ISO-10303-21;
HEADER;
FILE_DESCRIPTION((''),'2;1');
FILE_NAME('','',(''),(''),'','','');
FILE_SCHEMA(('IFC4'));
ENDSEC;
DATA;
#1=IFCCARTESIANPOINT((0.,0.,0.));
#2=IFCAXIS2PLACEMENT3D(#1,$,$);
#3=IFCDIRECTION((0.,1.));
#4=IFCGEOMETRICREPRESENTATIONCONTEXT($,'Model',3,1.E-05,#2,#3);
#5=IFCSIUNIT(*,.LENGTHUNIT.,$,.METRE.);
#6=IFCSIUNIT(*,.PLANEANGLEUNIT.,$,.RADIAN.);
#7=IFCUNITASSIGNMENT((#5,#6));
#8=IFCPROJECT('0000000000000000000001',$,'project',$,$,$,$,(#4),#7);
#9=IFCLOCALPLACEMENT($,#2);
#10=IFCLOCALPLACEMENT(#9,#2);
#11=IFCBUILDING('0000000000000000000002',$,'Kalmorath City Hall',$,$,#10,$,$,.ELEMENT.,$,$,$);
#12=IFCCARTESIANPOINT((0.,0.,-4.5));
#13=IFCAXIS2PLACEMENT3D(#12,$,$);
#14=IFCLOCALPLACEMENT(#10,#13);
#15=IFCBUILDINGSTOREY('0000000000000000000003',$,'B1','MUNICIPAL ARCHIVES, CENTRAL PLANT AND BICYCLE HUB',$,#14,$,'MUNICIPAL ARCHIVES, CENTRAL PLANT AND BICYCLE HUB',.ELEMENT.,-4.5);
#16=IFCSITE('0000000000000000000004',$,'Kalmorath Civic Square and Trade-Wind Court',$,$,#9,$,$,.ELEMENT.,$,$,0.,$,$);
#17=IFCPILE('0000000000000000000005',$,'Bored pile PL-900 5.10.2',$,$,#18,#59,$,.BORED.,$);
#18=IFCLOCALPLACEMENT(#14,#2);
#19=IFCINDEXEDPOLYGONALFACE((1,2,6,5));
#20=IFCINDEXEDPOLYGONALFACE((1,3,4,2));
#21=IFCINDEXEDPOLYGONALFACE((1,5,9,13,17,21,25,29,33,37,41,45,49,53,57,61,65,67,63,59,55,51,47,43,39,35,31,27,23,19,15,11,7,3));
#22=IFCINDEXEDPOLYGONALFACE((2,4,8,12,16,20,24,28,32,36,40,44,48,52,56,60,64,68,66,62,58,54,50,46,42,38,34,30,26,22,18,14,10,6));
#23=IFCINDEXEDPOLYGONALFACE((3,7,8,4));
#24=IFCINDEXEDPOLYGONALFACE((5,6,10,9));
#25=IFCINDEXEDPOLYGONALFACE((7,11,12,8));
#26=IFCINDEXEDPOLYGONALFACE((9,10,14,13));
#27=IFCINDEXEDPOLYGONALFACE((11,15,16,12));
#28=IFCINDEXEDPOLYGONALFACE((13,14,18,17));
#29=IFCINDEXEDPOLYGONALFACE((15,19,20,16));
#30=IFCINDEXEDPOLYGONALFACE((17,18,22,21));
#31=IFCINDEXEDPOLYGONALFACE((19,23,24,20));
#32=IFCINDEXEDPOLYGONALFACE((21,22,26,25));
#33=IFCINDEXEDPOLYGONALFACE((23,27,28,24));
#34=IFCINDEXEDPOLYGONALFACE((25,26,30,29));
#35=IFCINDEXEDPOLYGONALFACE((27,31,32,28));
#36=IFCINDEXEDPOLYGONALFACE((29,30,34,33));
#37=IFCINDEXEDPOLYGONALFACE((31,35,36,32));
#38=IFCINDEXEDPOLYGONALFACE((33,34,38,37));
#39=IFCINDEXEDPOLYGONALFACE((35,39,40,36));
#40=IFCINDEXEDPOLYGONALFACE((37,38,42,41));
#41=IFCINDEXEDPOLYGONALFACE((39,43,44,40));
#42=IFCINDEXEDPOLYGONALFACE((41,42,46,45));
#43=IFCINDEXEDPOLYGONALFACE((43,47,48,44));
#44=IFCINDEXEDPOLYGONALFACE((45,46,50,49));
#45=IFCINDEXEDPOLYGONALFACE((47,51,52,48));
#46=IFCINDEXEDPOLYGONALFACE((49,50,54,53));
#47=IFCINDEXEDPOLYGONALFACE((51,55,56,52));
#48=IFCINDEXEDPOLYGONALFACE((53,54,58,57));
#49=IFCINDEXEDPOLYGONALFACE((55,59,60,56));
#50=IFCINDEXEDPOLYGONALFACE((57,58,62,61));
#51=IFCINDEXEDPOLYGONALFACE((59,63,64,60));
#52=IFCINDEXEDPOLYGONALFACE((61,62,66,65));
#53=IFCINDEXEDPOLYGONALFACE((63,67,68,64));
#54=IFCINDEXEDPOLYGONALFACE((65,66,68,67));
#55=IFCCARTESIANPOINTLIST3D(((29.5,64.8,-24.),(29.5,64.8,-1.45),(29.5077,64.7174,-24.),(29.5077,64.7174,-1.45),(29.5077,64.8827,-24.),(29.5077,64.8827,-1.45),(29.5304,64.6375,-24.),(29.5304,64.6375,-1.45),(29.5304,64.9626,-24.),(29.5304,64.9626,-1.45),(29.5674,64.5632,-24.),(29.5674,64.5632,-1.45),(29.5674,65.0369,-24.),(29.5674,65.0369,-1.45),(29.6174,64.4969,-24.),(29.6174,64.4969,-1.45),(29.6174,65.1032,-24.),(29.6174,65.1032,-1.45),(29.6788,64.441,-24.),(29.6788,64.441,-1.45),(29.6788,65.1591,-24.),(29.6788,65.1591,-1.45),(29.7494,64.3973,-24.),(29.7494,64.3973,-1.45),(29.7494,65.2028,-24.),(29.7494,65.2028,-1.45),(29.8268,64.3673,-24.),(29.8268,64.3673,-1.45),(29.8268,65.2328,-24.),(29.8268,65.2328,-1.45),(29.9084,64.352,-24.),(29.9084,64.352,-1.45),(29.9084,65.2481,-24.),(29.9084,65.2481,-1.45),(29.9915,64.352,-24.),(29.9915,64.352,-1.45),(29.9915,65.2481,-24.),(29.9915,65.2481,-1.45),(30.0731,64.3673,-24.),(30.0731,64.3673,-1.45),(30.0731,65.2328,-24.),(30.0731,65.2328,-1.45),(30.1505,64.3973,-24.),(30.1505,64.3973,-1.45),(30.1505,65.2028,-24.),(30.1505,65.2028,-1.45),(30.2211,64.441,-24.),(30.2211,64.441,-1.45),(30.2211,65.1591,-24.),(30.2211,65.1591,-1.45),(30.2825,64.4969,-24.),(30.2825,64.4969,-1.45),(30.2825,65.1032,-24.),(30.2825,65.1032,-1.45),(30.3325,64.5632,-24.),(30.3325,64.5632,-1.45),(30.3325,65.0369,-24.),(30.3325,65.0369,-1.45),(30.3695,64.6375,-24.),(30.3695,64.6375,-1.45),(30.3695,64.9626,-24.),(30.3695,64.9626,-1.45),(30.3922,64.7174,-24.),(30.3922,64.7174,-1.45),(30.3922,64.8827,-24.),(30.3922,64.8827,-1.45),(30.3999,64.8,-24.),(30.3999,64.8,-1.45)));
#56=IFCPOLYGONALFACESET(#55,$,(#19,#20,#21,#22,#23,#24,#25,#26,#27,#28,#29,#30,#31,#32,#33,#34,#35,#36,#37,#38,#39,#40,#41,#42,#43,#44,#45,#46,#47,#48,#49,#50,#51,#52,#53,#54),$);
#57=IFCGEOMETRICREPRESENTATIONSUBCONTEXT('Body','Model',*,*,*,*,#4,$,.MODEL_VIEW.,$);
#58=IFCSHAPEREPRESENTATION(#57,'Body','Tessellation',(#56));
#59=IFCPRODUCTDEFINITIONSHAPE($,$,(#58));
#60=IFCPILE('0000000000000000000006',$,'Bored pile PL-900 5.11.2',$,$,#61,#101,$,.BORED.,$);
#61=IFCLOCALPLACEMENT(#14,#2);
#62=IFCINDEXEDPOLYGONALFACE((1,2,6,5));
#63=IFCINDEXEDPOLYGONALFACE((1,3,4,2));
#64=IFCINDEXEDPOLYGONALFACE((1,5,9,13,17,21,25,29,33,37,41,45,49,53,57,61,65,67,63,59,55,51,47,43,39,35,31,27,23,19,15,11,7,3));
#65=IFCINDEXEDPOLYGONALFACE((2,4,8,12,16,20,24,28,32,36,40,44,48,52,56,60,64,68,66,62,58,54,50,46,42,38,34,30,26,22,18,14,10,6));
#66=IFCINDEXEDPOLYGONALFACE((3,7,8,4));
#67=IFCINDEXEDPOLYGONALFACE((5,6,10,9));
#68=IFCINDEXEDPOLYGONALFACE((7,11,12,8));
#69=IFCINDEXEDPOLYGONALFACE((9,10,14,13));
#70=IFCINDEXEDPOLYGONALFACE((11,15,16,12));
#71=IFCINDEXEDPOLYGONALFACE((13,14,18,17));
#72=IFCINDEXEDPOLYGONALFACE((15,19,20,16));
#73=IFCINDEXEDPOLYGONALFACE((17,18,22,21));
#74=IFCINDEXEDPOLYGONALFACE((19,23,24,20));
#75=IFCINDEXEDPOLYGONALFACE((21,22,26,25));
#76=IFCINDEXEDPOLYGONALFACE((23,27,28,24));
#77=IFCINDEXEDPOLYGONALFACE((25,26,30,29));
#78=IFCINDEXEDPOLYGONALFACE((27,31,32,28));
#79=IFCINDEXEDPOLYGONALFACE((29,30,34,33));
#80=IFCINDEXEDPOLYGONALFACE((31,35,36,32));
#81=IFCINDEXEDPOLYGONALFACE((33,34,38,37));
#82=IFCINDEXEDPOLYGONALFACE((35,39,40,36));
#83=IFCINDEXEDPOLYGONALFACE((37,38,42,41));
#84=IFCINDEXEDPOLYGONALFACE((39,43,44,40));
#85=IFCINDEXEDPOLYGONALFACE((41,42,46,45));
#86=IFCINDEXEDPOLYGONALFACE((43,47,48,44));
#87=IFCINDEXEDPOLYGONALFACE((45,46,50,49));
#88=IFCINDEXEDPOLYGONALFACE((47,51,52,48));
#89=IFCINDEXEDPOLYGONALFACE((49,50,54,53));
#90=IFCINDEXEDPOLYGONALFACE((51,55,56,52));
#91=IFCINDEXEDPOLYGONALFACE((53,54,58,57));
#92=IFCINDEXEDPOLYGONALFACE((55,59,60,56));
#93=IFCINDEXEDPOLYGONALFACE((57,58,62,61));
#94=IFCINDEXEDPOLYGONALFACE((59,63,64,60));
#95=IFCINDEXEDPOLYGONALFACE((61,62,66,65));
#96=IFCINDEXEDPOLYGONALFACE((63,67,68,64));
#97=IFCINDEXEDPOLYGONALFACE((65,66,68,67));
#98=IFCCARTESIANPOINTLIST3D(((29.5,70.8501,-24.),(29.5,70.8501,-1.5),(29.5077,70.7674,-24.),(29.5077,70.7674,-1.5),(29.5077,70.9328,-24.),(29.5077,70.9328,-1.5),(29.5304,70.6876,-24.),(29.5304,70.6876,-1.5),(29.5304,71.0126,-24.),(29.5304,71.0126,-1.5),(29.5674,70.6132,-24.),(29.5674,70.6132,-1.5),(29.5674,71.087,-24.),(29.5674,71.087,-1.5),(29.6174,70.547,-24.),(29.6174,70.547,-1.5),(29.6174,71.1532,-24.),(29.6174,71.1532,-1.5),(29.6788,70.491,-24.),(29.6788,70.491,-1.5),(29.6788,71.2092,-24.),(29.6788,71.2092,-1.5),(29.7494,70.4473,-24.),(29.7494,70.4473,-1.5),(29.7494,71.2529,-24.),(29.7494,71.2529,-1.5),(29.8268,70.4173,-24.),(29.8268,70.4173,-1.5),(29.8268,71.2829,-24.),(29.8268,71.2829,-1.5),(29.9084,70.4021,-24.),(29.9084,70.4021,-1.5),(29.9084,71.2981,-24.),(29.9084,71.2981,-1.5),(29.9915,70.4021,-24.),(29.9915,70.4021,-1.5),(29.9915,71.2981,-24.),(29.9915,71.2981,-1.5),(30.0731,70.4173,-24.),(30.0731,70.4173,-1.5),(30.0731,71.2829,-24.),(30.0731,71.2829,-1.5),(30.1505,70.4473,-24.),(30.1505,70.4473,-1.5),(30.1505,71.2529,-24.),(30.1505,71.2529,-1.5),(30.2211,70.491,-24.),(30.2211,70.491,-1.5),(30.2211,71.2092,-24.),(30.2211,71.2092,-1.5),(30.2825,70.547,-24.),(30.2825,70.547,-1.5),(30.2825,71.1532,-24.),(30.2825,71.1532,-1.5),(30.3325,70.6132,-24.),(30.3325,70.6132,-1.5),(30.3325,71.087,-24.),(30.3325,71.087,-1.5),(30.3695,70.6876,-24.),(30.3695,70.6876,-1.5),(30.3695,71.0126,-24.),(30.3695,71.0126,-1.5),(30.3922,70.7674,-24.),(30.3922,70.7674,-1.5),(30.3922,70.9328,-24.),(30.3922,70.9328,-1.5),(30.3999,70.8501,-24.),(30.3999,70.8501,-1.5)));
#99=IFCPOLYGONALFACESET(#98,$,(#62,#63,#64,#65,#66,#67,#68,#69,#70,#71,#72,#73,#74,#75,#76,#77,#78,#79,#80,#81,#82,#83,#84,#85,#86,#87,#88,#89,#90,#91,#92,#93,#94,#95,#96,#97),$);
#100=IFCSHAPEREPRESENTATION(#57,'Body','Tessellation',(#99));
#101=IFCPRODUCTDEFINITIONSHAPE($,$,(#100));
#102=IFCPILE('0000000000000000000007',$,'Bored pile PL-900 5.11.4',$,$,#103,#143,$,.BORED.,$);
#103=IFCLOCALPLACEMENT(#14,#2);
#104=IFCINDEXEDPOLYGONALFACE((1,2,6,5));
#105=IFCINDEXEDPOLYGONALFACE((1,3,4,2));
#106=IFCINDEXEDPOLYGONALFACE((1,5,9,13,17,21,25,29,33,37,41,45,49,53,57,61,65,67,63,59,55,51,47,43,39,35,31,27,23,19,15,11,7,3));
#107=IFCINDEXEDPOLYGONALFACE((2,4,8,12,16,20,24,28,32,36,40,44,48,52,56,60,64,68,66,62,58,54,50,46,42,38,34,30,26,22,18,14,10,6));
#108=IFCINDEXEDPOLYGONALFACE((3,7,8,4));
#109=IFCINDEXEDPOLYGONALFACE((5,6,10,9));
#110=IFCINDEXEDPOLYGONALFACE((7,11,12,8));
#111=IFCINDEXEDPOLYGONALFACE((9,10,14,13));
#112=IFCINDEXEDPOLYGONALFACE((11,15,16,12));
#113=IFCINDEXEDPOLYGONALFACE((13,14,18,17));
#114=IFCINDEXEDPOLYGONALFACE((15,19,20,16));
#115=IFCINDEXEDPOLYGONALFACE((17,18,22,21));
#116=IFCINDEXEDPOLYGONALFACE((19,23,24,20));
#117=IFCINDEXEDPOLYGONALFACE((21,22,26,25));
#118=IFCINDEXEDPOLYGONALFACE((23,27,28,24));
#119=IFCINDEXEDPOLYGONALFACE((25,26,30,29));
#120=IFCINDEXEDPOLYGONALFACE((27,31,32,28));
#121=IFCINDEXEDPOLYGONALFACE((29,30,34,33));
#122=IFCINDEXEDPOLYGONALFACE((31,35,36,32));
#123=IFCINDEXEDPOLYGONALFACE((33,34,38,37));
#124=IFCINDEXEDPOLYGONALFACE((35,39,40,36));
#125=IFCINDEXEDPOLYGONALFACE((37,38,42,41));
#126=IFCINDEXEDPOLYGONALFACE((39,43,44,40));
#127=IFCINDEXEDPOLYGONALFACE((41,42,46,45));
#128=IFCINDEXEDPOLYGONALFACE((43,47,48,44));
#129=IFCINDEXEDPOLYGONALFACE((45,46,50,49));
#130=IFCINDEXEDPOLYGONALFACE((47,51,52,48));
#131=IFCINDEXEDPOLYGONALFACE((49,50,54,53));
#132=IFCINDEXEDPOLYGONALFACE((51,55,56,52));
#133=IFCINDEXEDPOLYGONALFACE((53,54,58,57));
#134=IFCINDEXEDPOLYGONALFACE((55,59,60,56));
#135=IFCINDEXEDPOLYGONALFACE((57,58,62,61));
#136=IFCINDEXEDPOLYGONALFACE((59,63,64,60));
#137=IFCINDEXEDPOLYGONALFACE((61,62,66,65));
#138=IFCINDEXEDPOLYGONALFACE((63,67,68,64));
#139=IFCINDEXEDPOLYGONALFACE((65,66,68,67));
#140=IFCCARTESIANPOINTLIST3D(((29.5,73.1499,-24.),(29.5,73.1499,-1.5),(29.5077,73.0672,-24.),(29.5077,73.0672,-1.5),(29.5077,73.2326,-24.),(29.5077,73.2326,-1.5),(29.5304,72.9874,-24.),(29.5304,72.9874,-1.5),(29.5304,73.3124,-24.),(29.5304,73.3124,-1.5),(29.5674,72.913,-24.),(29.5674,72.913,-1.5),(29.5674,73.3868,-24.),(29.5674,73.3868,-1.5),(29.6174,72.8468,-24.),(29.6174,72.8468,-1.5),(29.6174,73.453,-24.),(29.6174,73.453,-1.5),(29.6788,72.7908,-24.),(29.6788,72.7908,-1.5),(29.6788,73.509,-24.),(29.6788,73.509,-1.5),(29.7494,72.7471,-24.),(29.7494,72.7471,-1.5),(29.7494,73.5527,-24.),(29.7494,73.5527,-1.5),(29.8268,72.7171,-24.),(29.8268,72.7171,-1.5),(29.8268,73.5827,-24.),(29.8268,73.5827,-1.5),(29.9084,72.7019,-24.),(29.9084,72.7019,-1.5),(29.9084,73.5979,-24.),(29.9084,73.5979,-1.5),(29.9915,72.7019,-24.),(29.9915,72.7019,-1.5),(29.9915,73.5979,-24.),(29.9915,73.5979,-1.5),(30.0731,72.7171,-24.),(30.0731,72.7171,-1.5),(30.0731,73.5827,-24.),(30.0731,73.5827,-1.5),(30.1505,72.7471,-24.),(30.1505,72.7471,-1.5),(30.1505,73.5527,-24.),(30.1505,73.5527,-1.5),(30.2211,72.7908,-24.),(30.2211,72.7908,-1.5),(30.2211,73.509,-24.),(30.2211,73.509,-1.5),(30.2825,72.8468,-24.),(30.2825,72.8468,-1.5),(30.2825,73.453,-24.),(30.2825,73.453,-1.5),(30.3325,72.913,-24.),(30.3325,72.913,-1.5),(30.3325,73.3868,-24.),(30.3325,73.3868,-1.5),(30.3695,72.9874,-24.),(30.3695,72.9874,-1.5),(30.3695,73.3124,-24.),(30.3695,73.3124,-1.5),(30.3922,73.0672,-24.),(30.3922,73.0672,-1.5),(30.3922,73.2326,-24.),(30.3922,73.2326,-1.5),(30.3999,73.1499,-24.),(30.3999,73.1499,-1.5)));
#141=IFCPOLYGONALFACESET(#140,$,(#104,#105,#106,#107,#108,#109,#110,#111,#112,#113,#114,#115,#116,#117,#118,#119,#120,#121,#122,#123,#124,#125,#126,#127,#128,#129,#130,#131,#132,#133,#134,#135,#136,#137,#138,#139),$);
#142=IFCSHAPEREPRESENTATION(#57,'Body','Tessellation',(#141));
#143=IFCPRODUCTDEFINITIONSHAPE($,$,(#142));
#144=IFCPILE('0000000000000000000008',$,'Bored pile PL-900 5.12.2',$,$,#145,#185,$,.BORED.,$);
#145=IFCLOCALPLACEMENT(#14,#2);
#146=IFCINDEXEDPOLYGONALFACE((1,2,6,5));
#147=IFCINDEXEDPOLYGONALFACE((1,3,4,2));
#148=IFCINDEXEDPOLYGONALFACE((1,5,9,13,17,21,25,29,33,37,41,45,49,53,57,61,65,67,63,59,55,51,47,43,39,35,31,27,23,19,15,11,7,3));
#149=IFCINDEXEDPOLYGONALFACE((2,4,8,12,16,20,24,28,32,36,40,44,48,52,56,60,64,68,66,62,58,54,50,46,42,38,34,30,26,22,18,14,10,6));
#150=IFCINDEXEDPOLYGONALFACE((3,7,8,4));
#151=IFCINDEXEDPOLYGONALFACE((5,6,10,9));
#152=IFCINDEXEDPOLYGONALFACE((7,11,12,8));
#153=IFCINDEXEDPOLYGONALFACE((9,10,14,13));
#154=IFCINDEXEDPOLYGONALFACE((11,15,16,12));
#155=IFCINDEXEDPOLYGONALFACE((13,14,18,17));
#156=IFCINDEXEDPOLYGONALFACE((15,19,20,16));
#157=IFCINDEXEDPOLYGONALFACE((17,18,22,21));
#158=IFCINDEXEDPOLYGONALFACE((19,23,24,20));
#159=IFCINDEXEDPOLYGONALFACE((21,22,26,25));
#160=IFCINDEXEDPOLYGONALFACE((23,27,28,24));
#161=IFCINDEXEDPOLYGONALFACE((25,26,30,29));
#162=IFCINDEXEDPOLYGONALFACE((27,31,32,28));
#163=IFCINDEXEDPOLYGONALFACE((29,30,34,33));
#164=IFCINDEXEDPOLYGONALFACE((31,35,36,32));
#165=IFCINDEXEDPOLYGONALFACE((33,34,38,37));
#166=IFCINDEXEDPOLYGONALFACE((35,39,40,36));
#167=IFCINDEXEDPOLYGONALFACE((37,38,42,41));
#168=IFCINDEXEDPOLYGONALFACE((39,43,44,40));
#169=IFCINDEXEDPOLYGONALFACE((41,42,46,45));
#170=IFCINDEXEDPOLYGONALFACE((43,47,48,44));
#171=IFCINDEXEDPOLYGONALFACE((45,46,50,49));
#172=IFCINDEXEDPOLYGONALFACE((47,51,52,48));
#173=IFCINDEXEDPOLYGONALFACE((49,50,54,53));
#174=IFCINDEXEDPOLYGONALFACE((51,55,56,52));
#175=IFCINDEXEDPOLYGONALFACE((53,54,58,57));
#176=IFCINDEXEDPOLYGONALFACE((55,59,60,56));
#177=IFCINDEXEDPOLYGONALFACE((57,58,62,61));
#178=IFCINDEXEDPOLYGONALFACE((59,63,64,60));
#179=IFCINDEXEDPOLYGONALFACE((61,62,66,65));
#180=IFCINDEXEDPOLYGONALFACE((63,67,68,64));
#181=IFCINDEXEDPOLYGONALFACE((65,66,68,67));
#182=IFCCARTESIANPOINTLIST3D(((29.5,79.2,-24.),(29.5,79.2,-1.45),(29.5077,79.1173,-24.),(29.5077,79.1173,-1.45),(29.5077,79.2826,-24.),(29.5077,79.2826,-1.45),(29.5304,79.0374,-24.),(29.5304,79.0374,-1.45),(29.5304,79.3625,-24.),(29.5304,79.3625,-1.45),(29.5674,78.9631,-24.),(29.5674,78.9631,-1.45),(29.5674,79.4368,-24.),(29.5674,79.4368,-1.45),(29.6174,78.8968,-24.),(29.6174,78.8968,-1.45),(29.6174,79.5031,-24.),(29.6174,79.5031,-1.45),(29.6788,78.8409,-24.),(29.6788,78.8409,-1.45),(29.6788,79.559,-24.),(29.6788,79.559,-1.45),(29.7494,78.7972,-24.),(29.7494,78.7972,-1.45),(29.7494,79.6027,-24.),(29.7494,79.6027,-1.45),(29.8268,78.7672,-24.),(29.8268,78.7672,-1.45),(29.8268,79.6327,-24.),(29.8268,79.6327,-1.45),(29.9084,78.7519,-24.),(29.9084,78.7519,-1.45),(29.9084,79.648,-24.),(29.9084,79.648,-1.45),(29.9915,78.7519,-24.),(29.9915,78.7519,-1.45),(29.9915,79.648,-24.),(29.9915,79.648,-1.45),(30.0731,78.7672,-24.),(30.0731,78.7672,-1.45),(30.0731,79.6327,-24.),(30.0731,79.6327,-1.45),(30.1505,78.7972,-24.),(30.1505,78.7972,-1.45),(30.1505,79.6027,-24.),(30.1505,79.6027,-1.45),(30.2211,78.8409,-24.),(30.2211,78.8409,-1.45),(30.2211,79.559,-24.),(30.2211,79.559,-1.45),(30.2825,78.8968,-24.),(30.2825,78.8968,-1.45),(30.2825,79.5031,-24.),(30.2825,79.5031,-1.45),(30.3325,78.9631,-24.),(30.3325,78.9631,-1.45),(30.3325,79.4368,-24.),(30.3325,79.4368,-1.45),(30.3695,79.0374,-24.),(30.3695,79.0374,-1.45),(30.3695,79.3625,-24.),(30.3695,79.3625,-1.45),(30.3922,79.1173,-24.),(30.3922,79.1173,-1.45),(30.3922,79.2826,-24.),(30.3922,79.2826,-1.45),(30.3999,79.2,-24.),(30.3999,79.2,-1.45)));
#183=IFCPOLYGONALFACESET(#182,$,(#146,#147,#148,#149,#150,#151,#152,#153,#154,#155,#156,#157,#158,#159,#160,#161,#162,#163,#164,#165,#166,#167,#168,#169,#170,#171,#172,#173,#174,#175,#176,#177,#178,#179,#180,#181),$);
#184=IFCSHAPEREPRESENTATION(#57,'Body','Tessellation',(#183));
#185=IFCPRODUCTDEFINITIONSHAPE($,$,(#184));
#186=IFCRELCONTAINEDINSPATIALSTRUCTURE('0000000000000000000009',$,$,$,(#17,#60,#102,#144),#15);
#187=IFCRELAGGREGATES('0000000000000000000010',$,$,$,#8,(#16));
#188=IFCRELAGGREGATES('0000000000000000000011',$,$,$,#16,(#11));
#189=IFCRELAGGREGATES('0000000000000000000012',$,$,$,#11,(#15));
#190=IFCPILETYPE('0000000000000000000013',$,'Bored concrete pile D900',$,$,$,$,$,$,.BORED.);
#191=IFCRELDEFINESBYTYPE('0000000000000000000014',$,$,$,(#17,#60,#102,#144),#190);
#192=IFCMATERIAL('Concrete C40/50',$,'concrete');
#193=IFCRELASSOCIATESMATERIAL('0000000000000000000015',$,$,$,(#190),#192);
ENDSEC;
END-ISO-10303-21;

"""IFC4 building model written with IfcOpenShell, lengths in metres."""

from ifc_helpers import new_model, si_unit, direction, frame, origin, origin_2d, place, context, subcontext, project, spatial, circle, extrude, material, material_profile, profile_set, type_object, element, save


model = new_model("IFC4")

# Units and contexts
model_context = context("Model", 3, precision=1e-05, world=origin(), true_north=direction((0.0, 1.0)))
body_context = subcontext(model_context, "Body", "Model", "MODEL_VIEW")
ifc_project = project(units=[si_unit("LENGTHUNIT", "METRE"), si_unit("PLANEANGLEUNIT", "RADIAN")], contexts=[model_context])

# Site, building, storey
site_placement = place(None, origin())
site = spatial("IfcSite", under=ifc_project, at=site_placement, Name="Kalmorath Civic Square and Trade-Wind Court", CompositionType="ELEMENT", RefElevation=0.0)
building_placement = place(site_placement, origin())
building = spatial("IfcBuilding", under=site, at=building_placement, Name="Kalmorath City Hall", CompositionType="ELEMENT")
storey_placement = place(building_placement, frame((0.0, 0.0, -4.5)))
storey = spatial("IfcBuildingStorey", under=building, at=storey_placement, Name="B1", Description="MUNICIPAL ARCHIVES, CENTRAL PLANT AND BICYCLE HUB", LongName="MUNICIPAL ARCHIVES, CENTRAL PLANT AND BICYCLE HUB", CompositionType="ELEMENT", Elevation=-4.5)

# Piles
ifc_material_1 = material(Name="Concrete C40/50", Category="concrete")
ifc_material_profile_1 = material_profile(ifc_material_1, circle(Radius=0.45, at=origin_2d()), Name="PILE-D900")
ifc_profile_set_1 = profile_set([ifc_material_profile_1], Name="Concrete C40/50")
pile_type = type_object("IfcPileType", Name="Bored concrete pile D900", PredefinedType="BORED", material=ifc_profile_set_1)
pile_1_placement = place(storey_placement, frame((29.95, 64.8, -1.45), z_axis=(0.0, 0.0, -1.0), x_axis=(1.0, 0.0, 0.0)))
element("IfcPile", 1, at=pile_1_placement, inside=storey, type_object=pile_type, Name="Bored pile PL-900 5.10.2", PredefinedType="BORED", context=body_context, shape_type="SweptSolid", body=[
    extrude(circle(Radius=0.45, at=origin_2d()), origin(), (0.0, 0.0, 1.0), 22.55),
])
for number, where, z_axis, x_axis, name in (
    (2, (29.95, 70.8501, -1.5), (0.0, 0.0, -1.0), (1.0, 0.0, 0.0), "Bored pile PL-900 5.11.2"),
    (3, (29.95, 73.1499, -1.5), (0.0, 0.0, -1.0), (1.0, 0.0, 0.0), "Bored pile PL-900 5.11.4"),
):
    element("IfcPile", number, at=place(storey_placement, frame(where, z_axis=z_axis, x_axis=x_axis)), inside=storey, type_object=pile_type, Name=name, PredefinedType="BORED", context=body_context, shape_type="SweptSolid", body=[
        extrude(circle(Radius=0.45, at=origin_2d()), origin(), (0.0, 0.0, 1.0), 22.5),
    ])
pile_2_placement = place(storey_placement, frame((29.95, 79.2, -1.45), z_axis=(0.0, 0.0, -1.0), x_axis=(1.0, 0.0, 0.0)))
element("IfcPile", 4, at=pile_2_placement, inside=storey, type_object=pile_type, Name="Bored pile PL-900 5.12.2", PredefinedType="BORED", context=body_context, shape_type="SweptSolid", body=[
    extrude(circle(Radius=0.45, at=origin_2d()), origin(), (0.0, 0.0, 1.0), 22.55),
])

save(model, "model.ifc")
